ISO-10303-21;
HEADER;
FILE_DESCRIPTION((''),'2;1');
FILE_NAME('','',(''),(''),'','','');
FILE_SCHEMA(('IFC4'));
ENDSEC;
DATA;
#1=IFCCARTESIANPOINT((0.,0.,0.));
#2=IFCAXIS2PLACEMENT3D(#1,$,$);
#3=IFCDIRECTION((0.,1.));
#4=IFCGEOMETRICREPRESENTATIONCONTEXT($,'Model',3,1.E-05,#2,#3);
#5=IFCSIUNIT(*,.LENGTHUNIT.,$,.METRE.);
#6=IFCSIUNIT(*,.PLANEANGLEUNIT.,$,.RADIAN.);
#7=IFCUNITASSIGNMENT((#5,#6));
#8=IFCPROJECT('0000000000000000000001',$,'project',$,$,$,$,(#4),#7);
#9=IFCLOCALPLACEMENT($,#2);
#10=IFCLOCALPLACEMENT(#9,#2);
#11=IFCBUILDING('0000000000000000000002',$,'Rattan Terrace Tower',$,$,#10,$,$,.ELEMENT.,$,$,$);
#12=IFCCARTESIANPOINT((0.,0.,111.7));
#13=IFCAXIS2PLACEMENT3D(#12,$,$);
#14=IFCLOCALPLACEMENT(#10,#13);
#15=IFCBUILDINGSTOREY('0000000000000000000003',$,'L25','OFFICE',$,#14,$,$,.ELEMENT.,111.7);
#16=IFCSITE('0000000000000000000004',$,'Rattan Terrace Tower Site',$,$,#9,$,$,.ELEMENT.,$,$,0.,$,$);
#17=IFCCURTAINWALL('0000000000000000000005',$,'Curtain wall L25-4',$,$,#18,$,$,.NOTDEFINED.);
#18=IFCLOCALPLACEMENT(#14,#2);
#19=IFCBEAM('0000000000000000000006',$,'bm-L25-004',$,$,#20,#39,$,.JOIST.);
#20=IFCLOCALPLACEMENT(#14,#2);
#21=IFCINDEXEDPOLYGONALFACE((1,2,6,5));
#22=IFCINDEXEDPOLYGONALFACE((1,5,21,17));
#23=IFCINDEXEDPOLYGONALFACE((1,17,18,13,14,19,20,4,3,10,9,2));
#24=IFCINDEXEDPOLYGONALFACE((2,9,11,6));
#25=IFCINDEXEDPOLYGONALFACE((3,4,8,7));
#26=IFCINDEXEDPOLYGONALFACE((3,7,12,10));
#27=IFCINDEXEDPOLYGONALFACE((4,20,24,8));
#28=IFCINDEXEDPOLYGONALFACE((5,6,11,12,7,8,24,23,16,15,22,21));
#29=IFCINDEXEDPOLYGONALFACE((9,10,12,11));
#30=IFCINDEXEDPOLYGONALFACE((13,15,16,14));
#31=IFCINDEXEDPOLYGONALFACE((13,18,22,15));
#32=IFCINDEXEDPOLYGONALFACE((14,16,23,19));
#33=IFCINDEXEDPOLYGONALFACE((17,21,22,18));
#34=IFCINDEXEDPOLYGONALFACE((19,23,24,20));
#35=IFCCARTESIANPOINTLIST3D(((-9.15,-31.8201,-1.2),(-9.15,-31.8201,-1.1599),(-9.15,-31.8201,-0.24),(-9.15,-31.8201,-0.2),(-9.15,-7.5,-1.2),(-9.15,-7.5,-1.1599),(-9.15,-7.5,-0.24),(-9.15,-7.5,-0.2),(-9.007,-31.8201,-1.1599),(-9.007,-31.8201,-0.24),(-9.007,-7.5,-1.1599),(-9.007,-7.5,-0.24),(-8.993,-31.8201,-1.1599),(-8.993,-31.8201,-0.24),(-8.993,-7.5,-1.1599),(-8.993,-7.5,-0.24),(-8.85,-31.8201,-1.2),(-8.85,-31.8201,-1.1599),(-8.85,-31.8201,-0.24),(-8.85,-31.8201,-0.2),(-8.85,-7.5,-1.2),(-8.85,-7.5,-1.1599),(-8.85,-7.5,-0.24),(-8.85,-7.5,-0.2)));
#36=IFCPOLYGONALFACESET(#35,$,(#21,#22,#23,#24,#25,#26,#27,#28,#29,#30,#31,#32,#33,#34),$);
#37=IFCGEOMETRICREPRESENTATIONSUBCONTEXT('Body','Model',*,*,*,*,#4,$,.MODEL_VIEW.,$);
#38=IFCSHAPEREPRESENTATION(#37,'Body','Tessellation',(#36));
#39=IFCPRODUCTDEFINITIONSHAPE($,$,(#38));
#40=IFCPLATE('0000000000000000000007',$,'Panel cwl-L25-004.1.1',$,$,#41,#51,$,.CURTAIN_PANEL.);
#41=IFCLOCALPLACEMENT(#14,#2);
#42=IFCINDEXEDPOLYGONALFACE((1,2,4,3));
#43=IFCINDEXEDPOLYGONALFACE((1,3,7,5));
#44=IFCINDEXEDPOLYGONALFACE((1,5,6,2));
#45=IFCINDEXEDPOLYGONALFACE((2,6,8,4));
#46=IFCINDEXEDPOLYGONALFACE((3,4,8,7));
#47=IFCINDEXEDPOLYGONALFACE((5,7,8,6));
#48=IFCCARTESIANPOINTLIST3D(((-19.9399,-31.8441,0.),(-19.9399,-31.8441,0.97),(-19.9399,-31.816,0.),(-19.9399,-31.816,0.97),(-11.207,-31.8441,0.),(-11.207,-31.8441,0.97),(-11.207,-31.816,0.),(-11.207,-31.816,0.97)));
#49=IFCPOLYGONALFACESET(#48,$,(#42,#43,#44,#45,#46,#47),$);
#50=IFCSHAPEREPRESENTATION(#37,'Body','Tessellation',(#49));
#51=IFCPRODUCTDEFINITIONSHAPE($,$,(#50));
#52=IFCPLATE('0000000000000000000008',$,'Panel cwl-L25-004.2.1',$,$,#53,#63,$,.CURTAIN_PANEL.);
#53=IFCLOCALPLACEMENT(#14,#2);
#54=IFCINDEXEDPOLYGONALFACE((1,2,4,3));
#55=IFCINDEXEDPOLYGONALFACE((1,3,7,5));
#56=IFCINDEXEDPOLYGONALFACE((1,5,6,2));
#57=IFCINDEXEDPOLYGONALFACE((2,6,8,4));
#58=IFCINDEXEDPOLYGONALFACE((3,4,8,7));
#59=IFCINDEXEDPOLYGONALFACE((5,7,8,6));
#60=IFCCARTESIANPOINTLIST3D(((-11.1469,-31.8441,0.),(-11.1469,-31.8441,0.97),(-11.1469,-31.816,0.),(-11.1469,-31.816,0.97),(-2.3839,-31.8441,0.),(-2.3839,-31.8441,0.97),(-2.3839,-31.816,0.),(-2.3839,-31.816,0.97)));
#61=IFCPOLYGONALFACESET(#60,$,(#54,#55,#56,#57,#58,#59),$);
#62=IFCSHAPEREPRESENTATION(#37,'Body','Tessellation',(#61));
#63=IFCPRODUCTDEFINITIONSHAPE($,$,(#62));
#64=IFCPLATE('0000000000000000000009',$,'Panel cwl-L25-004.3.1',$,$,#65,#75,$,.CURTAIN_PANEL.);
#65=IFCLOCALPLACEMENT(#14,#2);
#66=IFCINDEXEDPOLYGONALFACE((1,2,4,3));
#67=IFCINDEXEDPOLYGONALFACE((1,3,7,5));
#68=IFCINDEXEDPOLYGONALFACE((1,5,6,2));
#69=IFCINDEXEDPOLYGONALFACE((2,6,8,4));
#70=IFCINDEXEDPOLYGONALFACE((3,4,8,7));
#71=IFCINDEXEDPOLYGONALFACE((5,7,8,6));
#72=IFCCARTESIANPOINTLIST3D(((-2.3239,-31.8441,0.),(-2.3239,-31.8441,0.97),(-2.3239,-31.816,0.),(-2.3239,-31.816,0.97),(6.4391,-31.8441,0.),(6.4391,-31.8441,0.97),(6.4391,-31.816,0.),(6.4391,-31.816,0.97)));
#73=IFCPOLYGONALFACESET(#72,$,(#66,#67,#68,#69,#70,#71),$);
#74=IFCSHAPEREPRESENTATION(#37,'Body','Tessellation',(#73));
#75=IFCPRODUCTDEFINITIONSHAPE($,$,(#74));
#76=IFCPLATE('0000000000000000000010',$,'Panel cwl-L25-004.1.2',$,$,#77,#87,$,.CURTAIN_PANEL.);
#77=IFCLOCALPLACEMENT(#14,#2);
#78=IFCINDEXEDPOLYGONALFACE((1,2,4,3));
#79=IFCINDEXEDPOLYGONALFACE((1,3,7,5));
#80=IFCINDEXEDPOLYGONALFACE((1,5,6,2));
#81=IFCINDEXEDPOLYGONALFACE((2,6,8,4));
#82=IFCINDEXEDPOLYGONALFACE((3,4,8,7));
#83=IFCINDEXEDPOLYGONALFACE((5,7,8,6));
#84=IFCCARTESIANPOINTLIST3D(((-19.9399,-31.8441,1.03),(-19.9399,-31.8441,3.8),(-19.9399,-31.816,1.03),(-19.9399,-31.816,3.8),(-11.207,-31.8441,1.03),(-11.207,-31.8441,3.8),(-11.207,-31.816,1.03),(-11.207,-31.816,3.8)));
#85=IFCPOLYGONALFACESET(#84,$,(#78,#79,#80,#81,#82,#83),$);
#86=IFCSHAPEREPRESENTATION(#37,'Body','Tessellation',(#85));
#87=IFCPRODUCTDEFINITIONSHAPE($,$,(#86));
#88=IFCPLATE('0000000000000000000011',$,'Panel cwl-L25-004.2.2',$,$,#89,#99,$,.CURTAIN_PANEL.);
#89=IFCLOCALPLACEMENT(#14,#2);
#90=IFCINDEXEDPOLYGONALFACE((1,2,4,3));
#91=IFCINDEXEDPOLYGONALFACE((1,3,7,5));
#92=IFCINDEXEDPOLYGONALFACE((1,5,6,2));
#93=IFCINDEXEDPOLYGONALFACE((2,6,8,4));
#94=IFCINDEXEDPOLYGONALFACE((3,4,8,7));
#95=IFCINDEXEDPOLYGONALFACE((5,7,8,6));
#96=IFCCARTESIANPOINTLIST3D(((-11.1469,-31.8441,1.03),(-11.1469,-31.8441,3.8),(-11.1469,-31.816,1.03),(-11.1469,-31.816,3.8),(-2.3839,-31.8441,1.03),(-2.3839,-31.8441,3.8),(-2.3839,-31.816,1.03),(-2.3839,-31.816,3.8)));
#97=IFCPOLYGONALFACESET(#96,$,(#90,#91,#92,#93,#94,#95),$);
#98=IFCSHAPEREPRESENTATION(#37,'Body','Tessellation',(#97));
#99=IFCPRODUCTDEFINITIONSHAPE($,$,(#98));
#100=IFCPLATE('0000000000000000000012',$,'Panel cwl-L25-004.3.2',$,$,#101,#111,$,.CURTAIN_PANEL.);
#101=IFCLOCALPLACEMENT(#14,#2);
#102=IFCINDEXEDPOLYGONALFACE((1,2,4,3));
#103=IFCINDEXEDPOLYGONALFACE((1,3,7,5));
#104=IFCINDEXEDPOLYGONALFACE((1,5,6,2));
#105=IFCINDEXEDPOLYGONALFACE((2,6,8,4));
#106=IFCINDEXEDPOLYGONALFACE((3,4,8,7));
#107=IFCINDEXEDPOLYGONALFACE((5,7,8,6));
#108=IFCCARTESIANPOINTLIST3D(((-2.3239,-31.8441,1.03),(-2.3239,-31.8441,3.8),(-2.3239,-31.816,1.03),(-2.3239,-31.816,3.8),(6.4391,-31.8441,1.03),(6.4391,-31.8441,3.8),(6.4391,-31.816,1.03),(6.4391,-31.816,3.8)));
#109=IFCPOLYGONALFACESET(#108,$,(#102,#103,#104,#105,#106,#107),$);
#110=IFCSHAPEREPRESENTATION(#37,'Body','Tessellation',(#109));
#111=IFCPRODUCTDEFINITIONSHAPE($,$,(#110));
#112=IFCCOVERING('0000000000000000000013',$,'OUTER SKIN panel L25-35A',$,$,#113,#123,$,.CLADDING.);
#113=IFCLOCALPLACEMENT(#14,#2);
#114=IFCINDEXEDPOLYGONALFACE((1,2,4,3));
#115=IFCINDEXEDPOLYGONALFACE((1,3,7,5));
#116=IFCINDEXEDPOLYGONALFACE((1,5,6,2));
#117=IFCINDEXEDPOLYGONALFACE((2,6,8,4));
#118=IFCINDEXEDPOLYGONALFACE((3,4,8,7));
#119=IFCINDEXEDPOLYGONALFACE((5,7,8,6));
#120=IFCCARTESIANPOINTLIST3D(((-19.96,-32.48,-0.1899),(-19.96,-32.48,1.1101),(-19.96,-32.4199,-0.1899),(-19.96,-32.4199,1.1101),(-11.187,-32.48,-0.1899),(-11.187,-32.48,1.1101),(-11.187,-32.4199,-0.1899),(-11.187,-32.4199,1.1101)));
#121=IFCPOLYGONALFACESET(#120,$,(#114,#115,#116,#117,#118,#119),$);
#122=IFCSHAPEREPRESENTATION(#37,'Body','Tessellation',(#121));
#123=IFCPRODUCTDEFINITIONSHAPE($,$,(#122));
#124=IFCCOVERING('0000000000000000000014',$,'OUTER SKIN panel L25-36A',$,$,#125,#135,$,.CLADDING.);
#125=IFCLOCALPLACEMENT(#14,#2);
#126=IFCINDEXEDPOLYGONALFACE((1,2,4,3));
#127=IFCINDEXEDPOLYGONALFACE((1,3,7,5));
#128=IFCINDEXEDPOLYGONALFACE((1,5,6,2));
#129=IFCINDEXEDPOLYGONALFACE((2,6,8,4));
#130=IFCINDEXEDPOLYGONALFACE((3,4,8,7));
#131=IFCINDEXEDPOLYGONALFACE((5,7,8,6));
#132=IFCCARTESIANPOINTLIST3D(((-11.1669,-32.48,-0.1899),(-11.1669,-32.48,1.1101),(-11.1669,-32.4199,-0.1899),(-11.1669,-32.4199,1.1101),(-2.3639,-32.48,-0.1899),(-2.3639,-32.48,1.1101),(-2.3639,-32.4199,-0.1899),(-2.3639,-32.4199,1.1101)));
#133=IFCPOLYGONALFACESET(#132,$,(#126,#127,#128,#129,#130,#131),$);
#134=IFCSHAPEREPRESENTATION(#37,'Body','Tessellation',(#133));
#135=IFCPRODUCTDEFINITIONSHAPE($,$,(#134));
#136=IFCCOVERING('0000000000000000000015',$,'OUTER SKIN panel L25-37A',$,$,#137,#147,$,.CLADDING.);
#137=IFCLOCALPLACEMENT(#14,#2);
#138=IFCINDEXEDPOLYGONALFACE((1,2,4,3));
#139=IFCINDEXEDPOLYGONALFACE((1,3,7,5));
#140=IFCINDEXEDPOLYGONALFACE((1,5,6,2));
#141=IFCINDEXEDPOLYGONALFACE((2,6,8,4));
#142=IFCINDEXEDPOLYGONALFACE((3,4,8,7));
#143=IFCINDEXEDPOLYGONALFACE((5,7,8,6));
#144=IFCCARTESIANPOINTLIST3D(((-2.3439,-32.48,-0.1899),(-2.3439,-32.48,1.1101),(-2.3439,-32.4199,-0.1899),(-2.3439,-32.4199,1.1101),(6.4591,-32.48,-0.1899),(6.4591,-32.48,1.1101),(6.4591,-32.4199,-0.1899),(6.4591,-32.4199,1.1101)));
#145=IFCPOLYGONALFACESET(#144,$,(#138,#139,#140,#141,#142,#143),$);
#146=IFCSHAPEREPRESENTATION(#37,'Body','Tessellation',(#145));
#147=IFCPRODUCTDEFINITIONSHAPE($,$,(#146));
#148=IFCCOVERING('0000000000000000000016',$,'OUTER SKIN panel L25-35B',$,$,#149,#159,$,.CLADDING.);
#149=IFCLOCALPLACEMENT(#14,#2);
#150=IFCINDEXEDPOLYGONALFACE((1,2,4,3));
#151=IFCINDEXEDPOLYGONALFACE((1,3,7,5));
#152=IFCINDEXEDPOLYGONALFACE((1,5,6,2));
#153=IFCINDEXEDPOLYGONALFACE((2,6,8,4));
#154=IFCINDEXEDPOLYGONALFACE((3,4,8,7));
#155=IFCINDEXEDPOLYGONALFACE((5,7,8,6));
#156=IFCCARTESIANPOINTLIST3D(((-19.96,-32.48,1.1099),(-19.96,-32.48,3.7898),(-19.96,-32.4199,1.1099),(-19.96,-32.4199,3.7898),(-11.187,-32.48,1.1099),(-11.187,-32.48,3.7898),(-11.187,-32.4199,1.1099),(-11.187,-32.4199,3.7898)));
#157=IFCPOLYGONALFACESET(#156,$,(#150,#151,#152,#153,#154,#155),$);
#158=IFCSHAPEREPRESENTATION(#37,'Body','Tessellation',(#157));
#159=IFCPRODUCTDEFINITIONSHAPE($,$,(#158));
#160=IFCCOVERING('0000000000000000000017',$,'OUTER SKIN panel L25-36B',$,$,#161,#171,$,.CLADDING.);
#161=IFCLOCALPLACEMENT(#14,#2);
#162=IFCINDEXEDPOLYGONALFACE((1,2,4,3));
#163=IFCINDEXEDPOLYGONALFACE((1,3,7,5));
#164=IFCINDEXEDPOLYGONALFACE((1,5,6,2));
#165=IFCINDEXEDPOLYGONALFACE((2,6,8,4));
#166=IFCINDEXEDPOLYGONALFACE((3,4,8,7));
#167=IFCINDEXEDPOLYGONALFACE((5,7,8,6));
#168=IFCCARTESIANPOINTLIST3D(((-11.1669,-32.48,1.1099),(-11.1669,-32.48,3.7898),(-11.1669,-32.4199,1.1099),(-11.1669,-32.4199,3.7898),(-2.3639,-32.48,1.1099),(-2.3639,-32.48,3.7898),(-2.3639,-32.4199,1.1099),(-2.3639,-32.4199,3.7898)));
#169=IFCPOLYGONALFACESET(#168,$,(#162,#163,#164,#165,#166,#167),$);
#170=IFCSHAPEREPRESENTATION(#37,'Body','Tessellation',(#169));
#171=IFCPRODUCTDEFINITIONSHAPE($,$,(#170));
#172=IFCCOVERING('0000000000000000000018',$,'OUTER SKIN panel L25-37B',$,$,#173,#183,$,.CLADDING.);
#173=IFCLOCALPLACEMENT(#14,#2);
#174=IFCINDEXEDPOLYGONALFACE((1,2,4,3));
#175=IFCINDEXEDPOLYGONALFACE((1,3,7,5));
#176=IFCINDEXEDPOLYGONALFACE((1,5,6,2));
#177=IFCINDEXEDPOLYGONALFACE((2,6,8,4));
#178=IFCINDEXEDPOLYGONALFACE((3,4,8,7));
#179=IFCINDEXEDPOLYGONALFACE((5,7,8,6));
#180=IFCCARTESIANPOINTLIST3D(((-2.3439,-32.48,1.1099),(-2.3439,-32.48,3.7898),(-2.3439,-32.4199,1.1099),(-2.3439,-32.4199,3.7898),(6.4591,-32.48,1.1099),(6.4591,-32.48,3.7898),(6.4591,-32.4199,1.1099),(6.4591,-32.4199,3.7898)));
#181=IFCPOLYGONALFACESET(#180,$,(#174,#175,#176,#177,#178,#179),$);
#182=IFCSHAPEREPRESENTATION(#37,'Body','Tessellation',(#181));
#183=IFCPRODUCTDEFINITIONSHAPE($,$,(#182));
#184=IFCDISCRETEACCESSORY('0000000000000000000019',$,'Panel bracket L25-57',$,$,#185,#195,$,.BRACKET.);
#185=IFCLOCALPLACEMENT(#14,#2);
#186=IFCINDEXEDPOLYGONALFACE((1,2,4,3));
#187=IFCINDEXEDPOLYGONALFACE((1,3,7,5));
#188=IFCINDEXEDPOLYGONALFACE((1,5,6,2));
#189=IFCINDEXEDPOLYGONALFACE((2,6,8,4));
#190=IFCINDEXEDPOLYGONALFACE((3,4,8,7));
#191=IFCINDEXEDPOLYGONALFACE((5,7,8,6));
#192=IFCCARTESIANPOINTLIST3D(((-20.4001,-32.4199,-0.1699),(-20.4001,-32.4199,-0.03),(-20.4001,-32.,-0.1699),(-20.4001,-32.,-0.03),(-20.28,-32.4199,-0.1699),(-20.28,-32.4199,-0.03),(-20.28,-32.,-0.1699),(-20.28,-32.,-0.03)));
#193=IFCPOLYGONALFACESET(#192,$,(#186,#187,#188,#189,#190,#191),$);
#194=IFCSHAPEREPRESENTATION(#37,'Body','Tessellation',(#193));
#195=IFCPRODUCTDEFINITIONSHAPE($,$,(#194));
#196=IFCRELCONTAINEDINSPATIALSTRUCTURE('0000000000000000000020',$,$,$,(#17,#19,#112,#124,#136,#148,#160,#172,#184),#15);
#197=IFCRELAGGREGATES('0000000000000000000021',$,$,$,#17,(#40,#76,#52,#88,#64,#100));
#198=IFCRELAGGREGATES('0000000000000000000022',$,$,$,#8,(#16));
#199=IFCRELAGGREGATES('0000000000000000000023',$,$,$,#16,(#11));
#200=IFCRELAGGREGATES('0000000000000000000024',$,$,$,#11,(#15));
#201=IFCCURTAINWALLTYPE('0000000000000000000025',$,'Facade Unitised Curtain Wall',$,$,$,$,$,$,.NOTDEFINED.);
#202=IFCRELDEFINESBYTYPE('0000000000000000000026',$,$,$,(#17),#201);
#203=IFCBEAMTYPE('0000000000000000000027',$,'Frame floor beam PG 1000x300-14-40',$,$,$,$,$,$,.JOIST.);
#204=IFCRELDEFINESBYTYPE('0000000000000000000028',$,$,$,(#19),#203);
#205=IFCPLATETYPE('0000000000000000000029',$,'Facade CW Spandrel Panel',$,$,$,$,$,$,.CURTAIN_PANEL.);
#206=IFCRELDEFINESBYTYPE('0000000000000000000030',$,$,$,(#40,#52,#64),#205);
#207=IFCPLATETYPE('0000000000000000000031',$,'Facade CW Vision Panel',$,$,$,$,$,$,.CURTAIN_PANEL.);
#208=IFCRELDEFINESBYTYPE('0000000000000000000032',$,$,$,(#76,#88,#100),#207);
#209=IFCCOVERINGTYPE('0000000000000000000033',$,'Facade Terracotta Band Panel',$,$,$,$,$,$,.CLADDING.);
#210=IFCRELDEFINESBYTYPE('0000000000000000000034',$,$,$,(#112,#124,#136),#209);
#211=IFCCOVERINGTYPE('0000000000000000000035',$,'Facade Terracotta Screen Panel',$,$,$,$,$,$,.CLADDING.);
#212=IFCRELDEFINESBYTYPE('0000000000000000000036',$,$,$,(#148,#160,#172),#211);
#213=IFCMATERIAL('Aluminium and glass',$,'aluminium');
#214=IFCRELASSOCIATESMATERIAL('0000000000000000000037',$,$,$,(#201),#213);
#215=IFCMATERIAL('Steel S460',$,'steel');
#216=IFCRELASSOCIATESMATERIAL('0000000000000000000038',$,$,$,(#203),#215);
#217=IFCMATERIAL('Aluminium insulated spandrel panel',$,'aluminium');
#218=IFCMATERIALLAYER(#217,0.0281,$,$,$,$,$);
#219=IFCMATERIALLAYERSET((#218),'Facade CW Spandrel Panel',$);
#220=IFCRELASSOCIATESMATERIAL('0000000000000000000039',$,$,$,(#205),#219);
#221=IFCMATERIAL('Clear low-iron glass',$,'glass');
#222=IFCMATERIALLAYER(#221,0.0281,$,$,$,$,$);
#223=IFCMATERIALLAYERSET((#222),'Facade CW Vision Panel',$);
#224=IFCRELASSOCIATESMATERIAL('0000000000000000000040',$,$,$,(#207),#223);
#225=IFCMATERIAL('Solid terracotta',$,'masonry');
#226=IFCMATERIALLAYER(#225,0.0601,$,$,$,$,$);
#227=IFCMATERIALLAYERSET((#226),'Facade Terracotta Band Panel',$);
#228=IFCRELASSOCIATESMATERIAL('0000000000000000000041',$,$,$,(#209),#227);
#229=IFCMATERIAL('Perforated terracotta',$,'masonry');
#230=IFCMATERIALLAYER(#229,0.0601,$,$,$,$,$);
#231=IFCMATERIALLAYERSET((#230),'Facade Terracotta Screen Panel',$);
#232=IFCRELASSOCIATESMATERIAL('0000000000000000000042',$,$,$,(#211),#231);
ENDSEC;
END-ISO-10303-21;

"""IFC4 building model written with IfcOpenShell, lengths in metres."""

from ifc_helpers import new_model, si_unit, direction, frame, origin, origin_2d, place, context, subcontext, project, spatial, rectangle, i_section, extrude, material, layer, layer_set, material_profile, profile_set, type_object, element, aggregate, save


model = new_model("IFC4")

# Units and contexts
model_context = context("Model", 3, precision=1e-05, world=origin(), true_north=direction((0.0, 1.0)))
body_context = subcontext(model_context, "Body", "Model", "MODEL_VIEW")
ifc_project = project(units=[si_unit("LENGTHUNIT", "METRE"), si_unit("PLANEANGLEUNIT", "RADIAN")], contexts=[model_context])

# Site, building, storey
site_placement = place(None, origin())
site = spatial("IfcSite", under=ifc_project, at=site_placement, Name="Rattan Terrace Tower Site", CompositionType="ELEMENT", RefElevation=0.0)
building_placement = place(site_placement, origin())
building = spatial("IfcBuilding", under=site, at=building_placement, Name="Rattan Terrace Tower", CompositionType="ELEMENT")
storey_placement = place(building_placement, frame((0.0, 0.0, 111.7)))
storey = spatial("IfcBuildingStorey", under=building, at=storey_placement, Name="L25", Description="OFFICE", CompositionType="ELEMENT", Elevation=111.7)

# Curtain wall
ifc_material_1 = material(Name="Aluminium and glass", Category="aluminium")
curtain_wall_type = type_object("IfcCurtainWallType", Name="Facade Unitised Curtain Wall", PredefinedType="NOTDEFINED", material=ifc_material_1)
curtain_wall_placement = place(storey_placement, origin())
curtain_wall = element("IfcCurtainWall", 1, at=curtain_wall_placement, inside=storey, type_object=curtain_wall_type, Name="Curtain wall L25-4", PredefinedType="NOTDEFINED")

# Beam
ifc_material_2 = material(Name="Steel S460", Category="steel")
ifc_material_profile_1 = material_profile(ifc_material_2, i_section(OverallWidth=0.3, OverallDepth=1.0, WebThickness=0.0139, FlangeThickness=0.04, at=origin_2d()), Name="PG 1000x300-14-40")
ifc_profile_set_1 = profile_set([ifc_material_profile_1], Name="Steel S460")
beam_type_1 = type_object("IfcBeamType", Name="Frame floor beam PG 1000x300-14-40", PredefinedType="JOIST", material=ifc_profile_set_1)
for number, where, z_axis, x_axis, name in (
    (2, (-9.0, -31.8201, -0.7), (0.0, 1.0, 0.0), (-1.0, 0.0, 0.0), "bm-L25-004"),
):
    element("IfcBeam", number, at=place(storey_placement, frame(where, z_axis=z_axis, x_axis=x_axis)), inside=storey, type_object=beam_type_1, Name=name, PredefinedType="JOIST", context=body_context, shape_type="SweptSolid", body=[
        extrude(i_section(OverallWidth=0.3, OverallDepth=1.0, WebThickness=0.0139, FlangeThickness=0.04, at=origin_2d()), origin(), (0.0, 0.0, 1.0), 24.3201),
    ])

# Plates
ifc_material_3 = material(Name="Aluminium insulated spandrel panel", Category="aluminium")
ifc_layer_1 = layer(ifc_material_3, 0.0281)
ifc_layer_set_1 = layer_set([ifc_layer_1], Name="Facade CW Spandrel Panel")
plate_type_1 = type_object("IfcPlateType", Name="Facade CW Spandrel Panel", PredefinedType="CURTAIN_PANEL", material=ifc_layer_set_1)
plate_1_placement = place(storey_placement, frame((-15.5735, -31.8301, 0.0), z_axis=(0.0, 0.0, 1.0), x_axis=(1.0, 0.0, 0.0)))
plate_1 = element("IfcPlate", 3, at=plate_1_placement, type_object=plate_type_1, Name="Panel cwl-L25-004.1.1", PredefinedType="CURTAIN_PANEL", context=body_context, shape_type="SweptSolid", body=[
    extrude(rectangle(XDim=8.7329, YDim=0.0281, at=origin_2d()), origin(), (0.0, 0.0, 1.0), 0.97),
])
plate_2_placement = place(storey_placement, frame((-6.7654, -31.8301, 0.0), z_axis=(0.0, 0.0, 1.0), x_axis=(1.0, 0.0, 0.0)))
plate_2 = element("IfcPlate", 4, at=plate_2_placement, type_object=plate_type_1, Name="Panel cwl-L25-004.2.1", PredefinedType="CURTAIN_PANEL", context=body_context, shape_type="SweptSolid", body=[
    extrude(rectangle(XDim=8.7629, YDim=0.0281, at=origin_2d()), origin(), (0.0, 0.0, 1.0), 0.97),
])
plate_3_placement = place(storey_placement, frame((2.0576, -31.8301, 0.0), z_axis=(0.0, 0.0, 1.0), x_axis=(1.0, 0.0, 0.0)))
plate_3 = element("IfcPlate", 5, at=plate_3_placement, type_object=plate_type_1, Name="Panel cwl-L25-004.3.1", PredefinedType="CURTAIN_PANEL", context=body_context, shape_type="SweptSolid", body=[
    extrude(rectangle(XDim=8.7629, YDim=0.0281, at=origin_2d()), origin(), (0.0, 0.0, 1.0), 0.97),
])
ifc_material_4 = material(Name="Clear low-iron glass", Category="glass")
ifc_layer_2 = layer(ifc_material_4, 0.0281)
ifc_layer_set_2 = layer_set([ifc_layer_2], Name="Facade CW Vision Panel")
plate_type_2 = type_object("IfcPlateType", Name="Facade CW Vision Panel", PredefinedType="CURTAIN_PANEL", material=ifc_layer_set_2)
plate_4_placement = place(storey_placement, frame((-15.5735, -31.8301, 1.03), z_axis=(0.0, 0.0, 1.0), x_axis=(1.0, 0.0, 0.0)))
plate_4 = element("IfcPlate", 6, at=plate_4_placement, type_object=plate_type_2, Name="Panel cwl-L25-004.1.2", PredefinedType="CURTAIN_PANEL", context=body_context, shape_type="SweptSolid", body=[
    extrude(rectangle(XDim=8.7329, YDim=0.0281, at=origin_2d()), origin(), (0.0, 0.0, 1.0), 2.77),
])
plate_5_placement = place(storey_placement, frame((-6.7654, -31.8301, 1.03), z_axis=(0.0, 0.0, 1.0), x_axis=(1.0, 0.0, 0.0)))
plate_5 = element("IfcPlate", 7, at=plate_5_placement, type_object=plate_type_2, Name="Panel cwl-L25-004.2.2", PredefinedType="CURTAIN_PANEL", context=body_context, shape_type="SweptSolid", body=[
    extrude(rectangle(XDim=8.7629, YDim=0.0281, at=origin_2d()), origin(), (0.0, 0.0, 1.0), 2.77),
])
plate_6_placement = place(storey_placement, frame((2.0576, -31.8301, 1.03), z_axis=(0.0, 0.0, 1.0), x_axis=(1.0, 0.0, 0.0)))
plate_6 = element("IfcPlate", 8, at=plate_6_placement, type_object=plate_type_2, Name="Panel cwl-L25-004.3.2", PredefinedType="CURTAIN_PANEL", context=body_context, shape_type="SweptSolid", body=[
    extrude(rectangle(XDim=8.7629, YDim=0.0281, at=origin_2d()), origin(), (0.0, 0.0, 1.0), 2.77),
])
aggregate(curtain_wall, [plate_1, plate_4, plate_2, plate_5, plate_3, plate_6])

# Coverings
ifc_material_5 = material(Name="Solid terracotta", Category="masonry")
ifc_layer_3 = layer(ifc_material_5, 0.0601)
ifc_layer_set_3 = layer_set([ifc_layer_3], Name="Facade Terracotta Band Panel")
covering_type_1 = type_object("IfcCoveringType", Name="Facade Terracotta Band Panel", PredefinedType="CLADDING", material=ifc_layer_set_3)
covering_1_placement = place(storey_placement, frame((-15.5735, -32.45, -0.1899), z_axis=(0.0, 0.0, 1.0), x_axis=(1.0, 0.0, 0.0)))
element("IfcCovering", 9, at=covering_1_placement, inside=storey, type_object=covering_type_1, Name="OUTER SKIN panel L25-35A", PredefinedType="CLADDING", context=body_context, shape_type="SweptSolid", body=[
    extrude(rectangle(XDim=8.7729, YDim=0.0601, at=origin_2d()), origin(), (0.0, 0.0, 1.0), 1.3),
])
for number, where, z_axis, x_axis, name in (
    (10, (-6.7654, -32.45, -0.1899), (0.0, 0.0, 1.0), (1.0, 0.0, 0.0), "OUTER SKIN panel L25-36A"),
    (11, (2.0576, -32.45, -0.1899), (0.0, 0.0, 1.0), (1.0, 0.0, 0.0), "OUTER SKIN panel L25-37A"),
):
    element("IfcCovering", number, at=place(storey_placement, frame(where, z_axis=z_axis, x_axis=x_axis)), inside=storey, type_object=covering_type_1, Name=name, PredefinedType="CLADDING", context=body_context, shape_type="SweptSolid", body=[
        extrude(rectangle(XDim=8.803, YDim=0.0601, at=origin_2d()), origin(), (0.0, 0.0, 1.0), 1.3),
    ])
ifc_material_6 = material(Name="Perforated terracotta", Category="masonry")
ifc_layer_4 = layer(ifc_material_6, 0.0601)
ifc_layer_set_4 = layer_set([ifc_layer_4], Name="Facade Terracotta Screen Panel")
covering_type_2 = type_object("IfcCoveringType", Name="Facade Terracotta Screen Panel", PredefinedType="CLADDING", material=ifc_layer_set_4)
covering_2_placement = place(storey_placement, frame((-15.5735, -32.45, 1.1099), z_axis=(0.0, 0.0, 1.0), x_axis=(1.0, 0.0, 0.0)))
element("IfcCovering", 12, at=covering_2_placement, inside=storey, type_object=covering_type_2, Name="OUTER SKIN panel L25-35B", PredefinedType="CLADDING", context=body_context, shape_type="SweptSolid", body=[
    extrude(rectangle(XDim=8.7729, YDim=0.0601, at=origin_2d()), origin(), (0.0, 0.0, 1.0), 2.6799),
])
for number, where, z_axis, x_axis, name in (
    (13, (-6.7654, -32.45, 1.1099), (0.0, 0.0, 1.0), (1.0, 0.0, 0.0), "OUTER SKIN panel L25-36B"),
    (14, (2.0576, -32.45, 1.1099), (0.0, 0.0, 1.0), (1.0, 0.0, 0.0), "OUTER SKIN panel L25-37B"),
):
    element("IfcCovering", number, at=place(storey_placement, frame(where, z_axis=z_axis, x_axis=x_axis)), inside=storey, type_object=covering_type_2, Name=name, PredefinedType="CLADDING", context=body_context, shape_type="SweptSolid", body=[
        extrude(rectangle(XDim=8.803, YDim=0.0601, at=origin_2d()), origin(), (0.0, 0.0, 1.0), 2.6799),
    ])

# Discrete accessory
for number, where, z_axis, x_axis, name in (
    (15, (-20.3401, -32.21, -0.1699), (0.0, 0.0, 1.0), (1.0, 0.0, 0.0), "Panel bracket L25-57"),
):
    element("IfcDiscreteAccessory", number, at=place(storey_placement, frame(where, z_axis=z_axis, x_axis=x_axis)), inside=storey, Name=name, PredefinedType="BRACKET", context=body_context, shape_type="SweptSolid", body=[
        extrude(rectangle(XDim=0.1201, YDim=0.4199, at=origin_2d()), origin(), (0.0, 0.0, 1.0), 0.1399),
    ])

save(model, "model.ifc")
